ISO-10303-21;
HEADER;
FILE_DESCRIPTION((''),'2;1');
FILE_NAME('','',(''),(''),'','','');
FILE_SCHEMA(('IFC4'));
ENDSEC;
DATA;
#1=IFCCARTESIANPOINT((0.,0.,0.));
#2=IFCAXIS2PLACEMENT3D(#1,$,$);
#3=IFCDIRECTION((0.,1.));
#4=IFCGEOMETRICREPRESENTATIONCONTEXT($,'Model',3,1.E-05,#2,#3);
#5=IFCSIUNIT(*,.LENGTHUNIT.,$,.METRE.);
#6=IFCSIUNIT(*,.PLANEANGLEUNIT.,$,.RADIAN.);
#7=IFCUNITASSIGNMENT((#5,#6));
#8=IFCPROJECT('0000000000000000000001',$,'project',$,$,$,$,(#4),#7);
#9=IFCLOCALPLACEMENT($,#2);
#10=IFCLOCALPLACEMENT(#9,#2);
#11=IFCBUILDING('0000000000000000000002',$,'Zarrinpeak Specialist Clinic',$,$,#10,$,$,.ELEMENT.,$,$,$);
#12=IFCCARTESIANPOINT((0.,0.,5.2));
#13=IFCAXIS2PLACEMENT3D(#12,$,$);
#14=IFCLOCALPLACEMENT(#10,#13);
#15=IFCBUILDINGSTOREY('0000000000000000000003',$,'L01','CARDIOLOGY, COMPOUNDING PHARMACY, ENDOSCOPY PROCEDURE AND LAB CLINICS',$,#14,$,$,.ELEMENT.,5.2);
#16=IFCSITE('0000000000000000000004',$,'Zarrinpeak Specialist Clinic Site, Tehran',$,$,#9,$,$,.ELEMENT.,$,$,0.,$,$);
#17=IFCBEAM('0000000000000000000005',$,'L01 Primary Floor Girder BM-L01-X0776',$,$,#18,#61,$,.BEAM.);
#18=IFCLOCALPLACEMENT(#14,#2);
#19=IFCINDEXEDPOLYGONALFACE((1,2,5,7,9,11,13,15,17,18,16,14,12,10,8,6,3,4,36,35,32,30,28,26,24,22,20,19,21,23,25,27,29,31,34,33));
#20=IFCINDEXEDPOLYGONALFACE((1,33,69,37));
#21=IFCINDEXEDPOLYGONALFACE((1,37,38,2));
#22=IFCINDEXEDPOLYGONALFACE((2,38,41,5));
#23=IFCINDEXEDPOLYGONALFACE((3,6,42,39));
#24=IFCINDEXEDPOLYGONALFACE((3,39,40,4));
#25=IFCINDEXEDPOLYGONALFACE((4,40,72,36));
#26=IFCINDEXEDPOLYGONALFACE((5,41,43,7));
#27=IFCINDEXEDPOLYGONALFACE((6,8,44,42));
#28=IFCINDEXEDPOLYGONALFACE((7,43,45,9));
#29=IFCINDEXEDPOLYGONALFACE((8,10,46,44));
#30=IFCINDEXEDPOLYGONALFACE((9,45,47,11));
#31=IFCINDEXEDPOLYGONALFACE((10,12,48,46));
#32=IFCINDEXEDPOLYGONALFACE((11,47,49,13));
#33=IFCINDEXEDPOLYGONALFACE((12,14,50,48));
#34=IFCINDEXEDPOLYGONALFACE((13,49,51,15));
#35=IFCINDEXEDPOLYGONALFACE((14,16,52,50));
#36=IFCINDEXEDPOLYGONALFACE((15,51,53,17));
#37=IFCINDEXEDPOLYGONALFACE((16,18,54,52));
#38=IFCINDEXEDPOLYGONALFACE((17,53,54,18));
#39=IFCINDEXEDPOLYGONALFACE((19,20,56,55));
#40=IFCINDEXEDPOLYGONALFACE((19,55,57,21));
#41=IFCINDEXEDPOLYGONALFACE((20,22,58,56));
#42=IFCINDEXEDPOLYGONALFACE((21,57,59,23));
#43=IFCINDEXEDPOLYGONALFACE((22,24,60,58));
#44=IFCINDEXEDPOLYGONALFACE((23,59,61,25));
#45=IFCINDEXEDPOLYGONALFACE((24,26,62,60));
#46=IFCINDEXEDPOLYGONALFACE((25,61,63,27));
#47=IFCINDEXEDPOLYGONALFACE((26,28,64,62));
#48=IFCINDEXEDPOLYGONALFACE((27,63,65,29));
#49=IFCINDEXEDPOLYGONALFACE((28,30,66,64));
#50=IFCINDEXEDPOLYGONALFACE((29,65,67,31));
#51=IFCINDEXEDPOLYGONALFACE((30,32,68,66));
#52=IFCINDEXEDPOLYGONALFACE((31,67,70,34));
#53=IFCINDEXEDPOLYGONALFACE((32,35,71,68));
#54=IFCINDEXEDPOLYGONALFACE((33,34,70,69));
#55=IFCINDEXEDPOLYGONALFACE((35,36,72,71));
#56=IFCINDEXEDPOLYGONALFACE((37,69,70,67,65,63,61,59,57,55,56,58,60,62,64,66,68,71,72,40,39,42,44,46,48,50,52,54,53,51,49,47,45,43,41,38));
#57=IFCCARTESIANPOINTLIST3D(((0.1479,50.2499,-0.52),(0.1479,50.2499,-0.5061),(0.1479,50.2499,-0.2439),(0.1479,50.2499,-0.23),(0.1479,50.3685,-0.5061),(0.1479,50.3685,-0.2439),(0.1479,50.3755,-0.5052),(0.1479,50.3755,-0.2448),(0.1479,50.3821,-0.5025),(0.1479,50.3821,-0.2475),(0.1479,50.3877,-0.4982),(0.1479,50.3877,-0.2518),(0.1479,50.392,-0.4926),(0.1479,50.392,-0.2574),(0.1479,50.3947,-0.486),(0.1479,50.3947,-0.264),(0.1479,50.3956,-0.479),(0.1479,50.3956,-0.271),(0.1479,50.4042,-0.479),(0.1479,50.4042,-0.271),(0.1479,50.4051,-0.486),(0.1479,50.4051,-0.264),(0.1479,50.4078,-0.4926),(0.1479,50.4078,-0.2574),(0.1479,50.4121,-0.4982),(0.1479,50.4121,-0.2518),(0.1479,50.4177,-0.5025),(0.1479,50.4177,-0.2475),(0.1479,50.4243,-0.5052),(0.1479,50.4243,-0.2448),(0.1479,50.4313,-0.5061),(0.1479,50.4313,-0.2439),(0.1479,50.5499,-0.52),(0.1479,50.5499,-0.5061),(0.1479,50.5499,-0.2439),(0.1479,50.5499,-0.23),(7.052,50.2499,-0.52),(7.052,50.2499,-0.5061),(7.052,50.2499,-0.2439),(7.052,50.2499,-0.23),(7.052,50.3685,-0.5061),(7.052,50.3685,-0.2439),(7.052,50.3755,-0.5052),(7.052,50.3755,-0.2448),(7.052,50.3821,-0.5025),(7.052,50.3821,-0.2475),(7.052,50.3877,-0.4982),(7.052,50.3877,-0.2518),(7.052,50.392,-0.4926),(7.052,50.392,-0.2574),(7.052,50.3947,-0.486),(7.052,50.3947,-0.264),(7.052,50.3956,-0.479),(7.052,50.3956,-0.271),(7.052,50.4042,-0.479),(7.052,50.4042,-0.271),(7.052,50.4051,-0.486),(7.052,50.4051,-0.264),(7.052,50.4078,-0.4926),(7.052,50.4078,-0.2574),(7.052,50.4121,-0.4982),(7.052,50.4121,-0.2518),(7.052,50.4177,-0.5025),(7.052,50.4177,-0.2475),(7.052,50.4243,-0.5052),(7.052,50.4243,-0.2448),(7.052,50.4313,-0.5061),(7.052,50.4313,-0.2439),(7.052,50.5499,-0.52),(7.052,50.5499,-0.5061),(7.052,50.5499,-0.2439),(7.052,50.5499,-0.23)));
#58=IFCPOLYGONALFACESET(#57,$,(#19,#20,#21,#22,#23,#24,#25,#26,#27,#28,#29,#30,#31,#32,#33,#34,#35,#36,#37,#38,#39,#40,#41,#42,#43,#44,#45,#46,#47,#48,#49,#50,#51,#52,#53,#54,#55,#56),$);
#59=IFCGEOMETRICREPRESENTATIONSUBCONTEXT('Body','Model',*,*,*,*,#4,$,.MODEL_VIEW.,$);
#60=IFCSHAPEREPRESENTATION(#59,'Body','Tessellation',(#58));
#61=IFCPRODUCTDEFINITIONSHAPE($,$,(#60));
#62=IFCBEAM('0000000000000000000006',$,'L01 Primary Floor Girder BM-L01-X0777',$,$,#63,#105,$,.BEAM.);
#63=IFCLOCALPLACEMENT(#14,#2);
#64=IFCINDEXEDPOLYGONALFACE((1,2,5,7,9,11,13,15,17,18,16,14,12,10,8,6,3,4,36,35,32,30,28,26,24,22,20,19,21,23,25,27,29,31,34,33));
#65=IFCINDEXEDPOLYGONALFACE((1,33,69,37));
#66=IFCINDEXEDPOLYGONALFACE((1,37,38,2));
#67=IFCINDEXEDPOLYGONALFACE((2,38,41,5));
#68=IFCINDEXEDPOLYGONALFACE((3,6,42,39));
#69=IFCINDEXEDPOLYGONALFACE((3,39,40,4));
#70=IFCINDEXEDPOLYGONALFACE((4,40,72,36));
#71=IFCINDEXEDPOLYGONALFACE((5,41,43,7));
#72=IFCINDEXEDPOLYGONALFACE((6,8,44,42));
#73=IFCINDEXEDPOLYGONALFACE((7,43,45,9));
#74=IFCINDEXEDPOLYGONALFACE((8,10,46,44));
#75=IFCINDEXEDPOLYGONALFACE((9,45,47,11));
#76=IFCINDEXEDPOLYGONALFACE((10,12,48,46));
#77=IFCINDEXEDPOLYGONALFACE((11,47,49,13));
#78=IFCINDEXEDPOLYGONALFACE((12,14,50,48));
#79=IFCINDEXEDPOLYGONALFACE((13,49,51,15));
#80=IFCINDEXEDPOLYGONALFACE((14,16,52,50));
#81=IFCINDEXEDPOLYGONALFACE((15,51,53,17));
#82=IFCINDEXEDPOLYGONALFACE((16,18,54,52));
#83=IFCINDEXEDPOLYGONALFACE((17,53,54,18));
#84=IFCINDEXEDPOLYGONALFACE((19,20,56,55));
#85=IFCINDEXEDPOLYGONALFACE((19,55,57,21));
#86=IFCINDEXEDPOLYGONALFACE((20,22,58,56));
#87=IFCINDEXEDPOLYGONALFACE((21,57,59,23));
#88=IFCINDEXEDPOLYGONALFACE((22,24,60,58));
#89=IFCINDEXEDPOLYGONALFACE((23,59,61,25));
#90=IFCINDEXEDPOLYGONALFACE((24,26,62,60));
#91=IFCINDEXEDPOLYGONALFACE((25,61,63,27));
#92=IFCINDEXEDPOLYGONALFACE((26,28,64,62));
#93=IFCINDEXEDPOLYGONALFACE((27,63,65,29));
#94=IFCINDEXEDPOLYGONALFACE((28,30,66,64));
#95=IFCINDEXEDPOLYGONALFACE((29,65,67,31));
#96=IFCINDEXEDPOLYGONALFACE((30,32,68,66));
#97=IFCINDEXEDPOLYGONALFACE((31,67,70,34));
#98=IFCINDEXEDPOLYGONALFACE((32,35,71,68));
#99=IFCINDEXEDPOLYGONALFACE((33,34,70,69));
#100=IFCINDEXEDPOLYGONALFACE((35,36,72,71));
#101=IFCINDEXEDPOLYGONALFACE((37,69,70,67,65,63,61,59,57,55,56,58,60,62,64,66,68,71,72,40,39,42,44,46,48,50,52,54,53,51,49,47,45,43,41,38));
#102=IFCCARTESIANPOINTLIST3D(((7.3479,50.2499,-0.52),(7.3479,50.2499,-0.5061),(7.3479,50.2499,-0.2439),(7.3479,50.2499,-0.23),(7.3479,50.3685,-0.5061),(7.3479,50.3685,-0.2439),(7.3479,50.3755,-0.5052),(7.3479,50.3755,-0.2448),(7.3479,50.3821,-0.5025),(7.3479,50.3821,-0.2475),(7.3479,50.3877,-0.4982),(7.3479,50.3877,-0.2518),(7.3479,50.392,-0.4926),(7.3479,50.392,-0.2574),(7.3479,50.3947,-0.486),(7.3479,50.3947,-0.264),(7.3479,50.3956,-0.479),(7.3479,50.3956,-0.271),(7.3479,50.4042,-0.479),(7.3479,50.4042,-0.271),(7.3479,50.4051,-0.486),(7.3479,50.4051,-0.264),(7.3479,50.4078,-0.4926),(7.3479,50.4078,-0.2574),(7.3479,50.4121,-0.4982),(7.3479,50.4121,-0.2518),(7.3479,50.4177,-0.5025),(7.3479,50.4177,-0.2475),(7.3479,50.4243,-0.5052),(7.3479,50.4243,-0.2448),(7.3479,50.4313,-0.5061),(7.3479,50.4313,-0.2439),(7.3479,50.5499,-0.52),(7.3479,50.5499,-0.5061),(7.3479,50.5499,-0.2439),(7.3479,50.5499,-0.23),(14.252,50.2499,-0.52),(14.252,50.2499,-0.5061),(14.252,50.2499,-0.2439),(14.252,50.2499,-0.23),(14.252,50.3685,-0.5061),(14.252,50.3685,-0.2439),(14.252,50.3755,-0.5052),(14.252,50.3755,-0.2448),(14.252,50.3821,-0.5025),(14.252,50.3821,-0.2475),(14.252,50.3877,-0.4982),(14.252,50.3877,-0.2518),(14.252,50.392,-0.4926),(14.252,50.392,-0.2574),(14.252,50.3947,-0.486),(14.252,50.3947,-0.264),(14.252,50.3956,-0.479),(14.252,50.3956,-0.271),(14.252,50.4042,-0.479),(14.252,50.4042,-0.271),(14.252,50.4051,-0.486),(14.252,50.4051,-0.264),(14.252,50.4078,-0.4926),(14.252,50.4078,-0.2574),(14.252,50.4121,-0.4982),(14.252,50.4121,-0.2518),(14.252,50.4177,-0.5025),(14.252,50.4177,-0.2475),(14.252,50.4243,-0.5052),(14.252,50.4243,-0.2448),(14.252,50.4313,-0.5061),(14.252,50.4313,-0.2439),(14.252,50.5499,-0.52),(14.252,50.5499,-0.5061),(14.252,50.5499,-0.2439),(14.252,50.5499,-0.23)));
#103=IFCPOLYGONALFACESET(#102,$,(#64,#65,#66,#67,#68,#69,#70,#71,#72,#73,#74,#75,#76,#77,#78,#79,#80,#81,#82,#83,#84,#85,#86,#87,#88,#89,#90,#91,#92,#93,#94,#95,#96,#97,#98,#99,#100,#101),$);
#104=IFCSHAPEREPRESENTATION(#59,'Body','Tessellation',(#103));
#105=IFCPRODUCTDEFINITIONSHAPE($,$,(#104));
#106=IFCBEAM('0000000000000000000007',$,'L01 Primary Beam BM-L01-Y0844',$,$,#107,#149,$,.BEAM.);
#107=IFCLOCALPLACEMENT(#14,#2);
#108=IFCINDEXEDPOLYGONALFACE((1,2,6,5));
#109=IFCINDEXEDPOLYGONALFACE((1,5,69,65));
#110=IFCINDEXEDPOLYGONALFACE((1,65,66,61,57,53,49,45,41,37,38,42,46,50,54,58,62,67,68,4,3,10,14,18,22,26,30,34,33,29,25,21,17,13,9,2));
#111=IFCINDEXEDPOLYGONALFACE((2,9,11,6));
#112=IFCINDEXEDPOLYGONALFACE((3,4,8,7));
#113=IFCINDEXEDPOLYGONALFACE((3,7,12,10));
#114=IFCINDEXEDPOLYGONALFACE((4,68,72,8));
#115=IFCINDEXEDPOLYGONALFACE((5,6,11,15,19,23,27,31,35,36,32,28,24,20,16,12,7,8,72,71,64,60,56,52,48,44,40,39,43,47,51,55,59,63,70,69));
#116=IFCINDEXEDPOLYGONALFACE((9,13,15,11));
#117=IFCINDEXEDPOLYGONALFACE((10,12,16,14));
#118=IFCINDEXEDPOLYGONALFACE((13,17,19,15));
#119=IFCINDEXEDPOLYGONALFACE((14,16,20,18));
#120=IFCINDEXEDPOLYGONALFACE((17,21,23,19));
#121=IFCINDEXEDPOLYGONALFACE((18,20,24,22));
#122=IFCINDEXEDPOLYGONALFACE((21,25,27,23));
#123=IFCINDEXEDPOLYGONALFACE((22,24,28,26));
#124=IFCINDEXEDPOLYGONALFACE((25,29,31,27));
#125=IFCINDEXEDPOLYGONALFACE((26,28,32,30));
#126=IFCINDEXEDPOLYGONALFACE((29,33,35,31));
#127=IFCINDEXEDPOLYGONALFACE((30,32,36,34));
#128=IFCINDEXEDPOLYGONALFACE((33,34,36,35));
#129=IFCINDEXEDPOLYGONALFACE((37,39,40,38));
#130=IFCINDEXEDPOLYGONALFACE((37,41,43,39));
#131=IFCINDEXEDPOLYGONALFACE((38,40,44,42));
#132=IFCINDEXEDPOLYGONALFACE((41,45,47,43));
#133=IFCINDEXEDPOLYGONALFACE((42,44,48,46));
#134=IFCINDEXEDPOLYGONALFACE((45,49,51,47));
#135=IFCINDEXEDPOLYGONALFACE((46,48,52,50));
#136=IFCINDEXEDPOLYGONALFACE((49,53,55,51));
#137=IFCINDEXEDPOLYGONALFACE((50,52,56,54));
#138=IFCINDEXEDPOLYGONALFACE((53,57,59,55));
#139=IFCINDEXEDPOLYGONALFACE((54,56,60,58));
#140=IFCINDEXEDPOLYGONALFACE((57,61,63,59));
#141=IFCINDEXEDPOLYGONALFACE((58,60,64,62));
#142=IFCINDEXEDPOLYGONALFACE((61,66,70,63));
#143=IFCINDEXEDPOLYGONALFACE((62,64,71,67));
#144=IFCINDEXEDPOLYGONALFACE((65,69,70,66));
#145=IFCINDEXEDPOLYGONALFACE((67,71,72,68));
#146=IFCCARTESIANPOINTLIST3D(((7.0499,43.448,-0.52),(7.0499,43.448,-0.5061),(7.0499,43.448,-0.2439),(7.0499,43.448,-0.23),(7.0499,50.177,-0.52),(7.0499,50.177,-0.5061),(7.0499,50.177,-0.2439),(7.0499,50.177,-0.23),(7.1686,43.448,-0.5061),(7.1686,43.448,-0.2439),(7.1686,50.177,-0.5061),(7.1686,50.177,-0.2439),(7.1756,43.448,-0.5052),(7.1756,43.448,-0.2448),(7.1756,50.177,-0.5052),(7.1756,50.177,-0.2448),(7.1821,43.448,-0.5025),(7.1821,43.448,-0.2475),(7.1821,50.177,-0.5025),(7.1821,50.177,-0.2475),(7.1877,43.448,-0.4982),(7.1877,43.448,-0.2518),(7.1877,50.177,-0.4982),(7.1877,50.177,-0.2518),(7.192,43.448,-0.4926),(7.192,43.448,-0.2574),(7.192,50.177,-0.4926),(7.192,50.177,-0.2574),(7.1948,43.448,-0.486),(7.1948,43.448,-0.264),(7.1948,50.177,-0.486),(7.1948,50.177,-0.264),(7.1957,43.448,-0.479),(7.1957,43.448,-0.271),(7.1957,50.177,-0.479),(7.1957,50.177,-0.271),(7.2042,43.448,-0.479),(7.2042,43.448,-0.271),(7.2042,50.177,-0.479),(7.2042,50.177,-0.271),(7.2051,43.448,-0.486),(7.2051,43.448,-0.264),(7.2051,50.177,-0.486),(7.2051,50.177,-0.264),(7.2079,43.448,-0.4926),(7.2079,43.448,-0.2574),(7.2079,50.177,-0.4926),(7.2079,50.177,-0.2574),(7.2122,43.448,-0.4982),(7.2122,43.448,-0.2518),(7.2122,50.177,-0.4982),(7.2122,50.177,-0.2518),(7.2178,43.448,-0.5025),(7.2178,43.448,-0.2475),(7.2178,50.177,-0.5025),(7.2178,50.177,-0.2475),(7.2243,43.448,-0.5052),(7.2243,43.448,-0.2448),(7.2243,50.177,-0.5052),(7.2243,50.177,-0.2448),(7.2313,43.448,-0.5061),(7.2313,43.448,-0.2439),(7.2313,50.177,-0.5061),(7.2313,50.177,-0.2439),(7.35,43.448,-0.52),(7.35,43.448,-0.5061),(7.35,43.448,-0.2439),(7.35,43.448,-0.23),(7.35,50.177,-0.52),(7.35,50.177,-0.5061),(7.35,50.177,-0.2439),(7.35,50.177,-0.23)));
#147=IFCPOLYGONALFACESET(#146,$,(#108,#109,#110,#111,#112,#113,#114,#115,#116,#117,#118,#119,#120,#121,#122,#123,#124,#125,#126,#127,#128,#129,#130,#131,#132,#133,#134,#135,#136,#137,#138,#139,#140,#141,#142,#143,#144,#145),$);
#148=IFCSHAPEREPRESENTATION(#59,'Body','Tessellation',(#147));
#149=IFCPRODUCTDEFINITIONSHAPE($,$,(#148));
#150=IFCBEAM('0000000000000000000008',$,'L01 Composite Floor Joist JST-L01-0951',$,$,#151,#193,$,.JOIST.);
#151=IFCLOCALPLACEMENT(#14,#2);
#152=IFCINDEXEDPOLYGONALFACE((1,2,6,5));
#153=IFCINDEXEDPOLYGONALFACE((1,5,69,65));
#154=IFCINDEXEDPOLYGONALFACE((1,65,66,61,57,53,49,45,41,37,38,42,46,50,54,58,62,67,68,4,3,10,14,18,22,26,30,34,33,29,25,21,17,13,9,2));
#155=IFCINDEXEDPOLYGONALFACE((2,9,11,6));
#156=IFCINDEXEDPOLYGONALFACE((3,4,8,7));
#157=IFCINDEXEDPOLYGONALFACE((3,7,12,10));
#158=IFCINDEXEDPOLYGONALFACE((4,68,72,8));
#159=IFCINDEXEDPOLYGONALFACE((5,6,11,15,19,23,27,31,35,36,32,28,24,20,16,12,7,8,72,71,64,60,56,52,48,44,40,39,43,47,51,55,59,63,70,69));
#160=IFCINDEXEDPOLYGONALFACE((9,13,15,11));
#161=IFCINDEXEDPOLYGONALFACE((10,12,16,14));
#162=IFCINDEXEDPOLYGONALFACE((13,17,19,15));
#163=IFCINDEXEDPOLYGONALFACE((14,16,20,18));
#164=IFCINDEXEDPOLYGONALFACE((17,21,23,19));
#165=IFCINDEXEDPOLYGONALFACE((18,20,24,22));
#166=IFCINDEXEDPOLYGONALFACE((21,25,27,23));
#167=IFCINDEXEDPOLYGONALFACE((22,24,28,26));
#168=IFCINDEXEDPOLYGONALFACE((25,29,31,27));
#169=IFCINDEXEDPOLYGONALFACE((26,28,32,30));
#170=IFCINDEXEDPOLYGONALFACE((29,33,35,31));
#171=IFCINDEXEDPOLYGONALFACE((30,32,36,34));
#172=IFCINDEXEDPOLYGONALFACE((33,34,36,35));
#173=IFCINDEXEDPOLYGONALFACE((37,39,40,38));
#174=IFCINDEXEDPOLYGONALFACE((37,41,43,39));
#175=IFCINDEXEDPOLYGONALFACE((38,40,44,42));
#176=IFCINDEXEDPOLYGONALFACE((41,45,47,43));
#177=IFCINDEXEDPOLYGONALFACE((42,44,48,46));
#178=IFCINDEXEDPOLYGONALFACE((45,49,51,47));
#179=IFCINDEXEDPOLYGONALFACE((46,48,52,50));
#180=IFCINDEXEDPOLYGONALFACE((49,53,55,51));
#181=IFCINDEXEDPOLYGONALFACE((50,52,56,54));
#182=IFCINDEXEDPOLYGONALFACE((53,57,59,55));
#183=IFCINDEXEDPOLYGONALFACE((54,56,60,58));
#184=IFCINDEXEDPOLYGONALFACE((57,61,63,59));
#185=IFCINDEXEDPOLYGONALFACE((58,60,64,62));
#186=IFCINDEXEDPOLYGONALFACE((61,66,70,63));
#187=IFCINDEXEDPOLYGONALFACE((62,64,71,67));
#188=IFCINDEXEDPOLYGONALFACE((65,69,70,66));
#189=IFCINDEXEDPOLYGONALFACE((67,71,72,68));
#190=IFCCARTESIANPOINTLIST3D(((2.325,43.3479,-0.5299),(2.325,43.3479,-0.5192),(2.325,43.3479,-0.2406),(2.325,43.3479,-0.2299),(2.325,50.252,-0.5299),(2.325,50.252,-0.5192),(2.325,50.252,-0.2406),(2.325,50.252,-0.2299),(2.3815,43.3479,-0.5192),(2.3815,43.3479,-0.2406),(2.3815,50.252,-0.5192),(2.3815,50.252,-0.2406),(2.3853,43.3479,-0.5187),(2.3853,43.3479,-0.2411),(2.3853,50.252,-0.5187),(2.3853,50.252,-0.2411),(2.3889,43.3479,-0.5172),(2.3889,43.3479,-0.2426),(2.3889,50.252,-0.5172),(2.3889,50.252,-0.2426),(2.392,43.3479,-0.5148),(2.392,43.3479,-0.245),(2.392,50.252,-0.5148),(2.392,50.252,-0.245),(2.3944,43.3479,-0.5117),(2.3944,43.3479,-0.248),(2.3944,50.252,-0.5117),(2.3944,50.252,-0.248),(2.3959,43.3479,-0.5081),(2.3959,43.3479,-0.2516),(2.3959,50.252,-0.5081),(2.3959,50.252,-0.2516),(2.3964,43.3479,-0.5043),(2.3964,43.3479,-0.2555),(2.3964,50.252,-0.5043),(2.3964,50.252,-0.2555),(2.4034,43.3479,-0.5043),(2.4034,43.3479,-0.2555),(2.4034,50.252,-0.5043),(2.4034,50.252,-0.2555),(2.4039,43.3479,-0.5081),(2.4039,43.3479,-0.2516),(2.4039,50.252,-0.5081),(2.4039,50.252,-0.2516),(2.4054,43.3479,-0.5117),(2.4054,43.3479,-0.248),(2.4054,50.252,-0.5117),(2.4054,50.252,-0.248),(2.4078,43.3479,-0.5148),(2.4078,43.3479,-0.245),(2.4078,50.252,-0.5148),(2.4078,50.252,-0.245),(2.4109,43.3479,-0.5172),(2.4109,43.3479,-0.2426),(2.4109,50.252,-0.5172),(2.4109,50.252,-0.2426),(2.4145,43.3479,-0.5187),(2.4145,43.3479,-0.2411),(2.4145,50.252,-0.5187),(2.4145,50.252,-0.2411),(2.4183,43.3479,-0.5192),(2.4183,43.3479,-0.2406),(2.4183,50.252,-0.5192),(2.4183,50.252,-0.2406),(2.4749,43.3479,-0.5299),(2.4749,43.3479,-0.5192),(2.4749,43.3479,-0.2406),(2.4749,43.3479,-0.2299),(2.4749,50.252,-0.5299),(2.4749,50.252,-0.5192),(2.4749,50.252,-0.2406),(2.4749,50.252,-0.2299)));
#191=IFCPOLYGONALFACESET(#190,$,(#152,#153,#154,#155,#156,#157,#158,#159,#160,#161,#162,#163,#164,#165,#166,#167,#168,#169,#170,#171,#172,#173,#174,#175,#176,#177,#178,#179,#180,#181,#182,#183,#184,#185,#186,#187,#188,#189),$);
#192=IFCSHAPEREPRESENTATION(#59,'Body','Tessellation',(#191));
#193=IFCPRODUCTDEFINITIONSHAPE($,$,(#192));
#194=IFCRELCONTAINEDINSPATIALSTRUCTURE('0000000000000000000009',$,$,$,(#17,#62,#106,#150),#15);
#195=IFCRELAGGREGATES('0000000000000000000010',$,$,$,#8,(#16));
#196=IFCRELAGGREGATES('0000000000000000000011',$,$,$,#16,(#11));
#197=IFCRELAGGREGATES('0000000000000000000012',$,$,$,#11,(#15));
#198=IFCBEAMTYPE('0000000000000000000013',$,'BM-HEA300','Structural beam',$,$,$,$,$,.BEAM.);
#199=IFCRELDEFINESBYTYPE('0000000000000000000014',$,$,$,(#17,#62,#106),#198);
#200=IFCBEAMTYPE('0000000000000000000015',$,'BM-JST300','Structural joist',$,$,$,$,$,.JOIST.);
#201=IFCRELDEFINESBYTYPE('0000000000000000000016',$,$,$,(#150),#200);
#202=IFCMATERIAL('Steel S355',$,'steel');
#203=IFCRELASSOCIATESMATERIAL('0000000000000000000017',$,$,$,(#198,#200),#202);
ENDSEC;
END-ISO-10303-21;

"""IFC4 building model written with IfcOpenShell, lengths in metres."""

from ifc_helpers import new_model, si_unit, direction, frame, origin, origin_2d, place, context, subcontext, project, spatial, i_section, extrude, material, material_profile, profile_set, type_object, element, save


model = new_model("IFC4")

# Units and contexts
model_context = context("Model", 3, precision=1e-05, world=origin(), true_north=direction((0.0, 1.0)))
body_context = subcontext(model_context, "Body", "Model", "MODEL_VIEW")
ifc_project = project(units=[si_unit("LENGTHUNIT", "METRE"), si_unit("PLANEANGLEUNIT", "RADIAN")], contexts=[model_context])

# Site, building, storey
site_placement = place(None, origin())
site = spatial("IfcSite", under=ifc_project, at=site_placement, Name="Zarrinpeak Specialist Clinic Site, Tehran", CompositionType="ELEMENT", RefElevation=0.0)
building_placement = place(site_placement, origin())
building = spatial("IfcBuilding", under=site, at=building_placement, Name="Zarrinpeak Specialist Clinic", CompositionType="ELEMENT")
storey_placement = place(building_placement, frame((0.0, 0.0, 5.2)))
storey = spatial("IfcBuildingStorey", under=building, at=storey_placement, Name="L01", Description="CARDIOLOGY, COMPOUNDING PHARMACY, ENDOSCOPY PROCEDURE AND LAB CLINICS", CompositionType="ELEMENT", Elevation=5.2)

# Shared definitions
ifc_material_1 = material(Name="Steel S355", Category="steel")

# Beams
ifc_material_profile_1 = material_profile(ifc_material_1, i_section(OverallWidth=0.3, OverallDepth=0.29, WebThickness=0.0085, FlangeThickness=0.0139, FilletRadius=0.0271, at=origin_2d()), Name="HEA 300")
ifc_profile_set_1 = profile_set([ifc_material_profile_1], Name="Steel S355")
beam_type_1 = type_object("IfcBeamType", Name="BM-HEA300", Description="Structural beam", PredefinedType="BEAM", material=ifc_profile_set_1)
for number, where, z_axis, x_axis, name in (
    (1, (0.1479, 50.3999, -0.375), (1.0, 0.0, 0.0), (0.0, 1.0, 0.0), "L01 Primary Floor Girder BM-L01-X0776"),
    (2, (7.3479, 50.3999, -0.375), (1.0, 0.0, 0.0), (0.0, 1.0, 0.0), "L01 Primary Floor Girder BM-L01-X0777"),
):
    element("IfcBeam", number, at=place(storey_placement, frame(where, z_axis=z_axis, x_axis=x_axis)), inside=storey, type_object=beam_type_1, Name=name, PredefinedType="BEAM", context=body_context, shape_type="SweptSolid", body=[
        extrude(i_section(OverallWidth=0.3, OverallDepth=0.29, WebThickness=0.0085, FlangeThickness=0.0139, FilletRadius=0.0271, at=origin_2d()), origin(), (0.0, 0.0, 1.0), 6.9041),
    ])
beam_1_placement = place(storey_placement, frame((7.2, 43.448, -0.375), z_axis=(0.0, 1.0, 0.0), x_axis=(-1.0, 0.0, 0.0)))
element("IfcBeam", 3, at=beam_1_placement, inside=storey, type_object=beam_type_1, Name="L01 Primary Beam BM-L01-Y0844", PredefinedType="BEAM", context=body_context, shape_type="SweptSolid", body=[
    extrude(i_section(OverallWidth=0.3, OverallDepth=0.29, WebThickness=0.0085, FlangeThickness=0.0139, FilletRadius=0.0271, at=origin_2d()), origin(), (0.0, 0.0, 1.0), 6.729),
])
ifc_material_profile_2 = material_profile(ifc_material_1, i_section(OverallWidth=0.1499, OverallDepth=0.3, WebThickness=0.0071, FlangeThickness=0.0107, FilletRadius=0.0149, at=origin_2d()), Name="IPE 300")
ifc_profile_set_2 = profile_set([ifc_material_profile_2], Name="Steel S355")
beam_type_2 = type_object("IfcBeamType", Name="BM-JST300", Description="Structural joist", PredefinedType="JOIST", material=ifc_profile_set_2)
for number, where, z_axis, x_axis, name in (
    (4, (2.3999, 43.3479, -0.3799), (0.0, 1.0, 0.0), (-1.0, 0.0, 0.0), "L01 Composite Floor Joist JST-L01-0951"),
):
    element("IfcBeam", number, at=place(storey_placement, frame(where, z_axis=z_axis, x_axis=x_axis)), inside=storey, type_object=beam_type_2, Name=name, PredefinedType="JOIST", context=body_context, shape_type="SweptSolid", body=[
        extrude(i_section(OverallWidth=0.1499, OverallDepth=0.3, WebThickness=0.0071, FlangeThickness=0.0107, FilletRadius=0.0149, at=origin_2d()), origin(), (0.0, 0.0, 1.0), 6.9041),
    ])

save(model, "model.ifc")
